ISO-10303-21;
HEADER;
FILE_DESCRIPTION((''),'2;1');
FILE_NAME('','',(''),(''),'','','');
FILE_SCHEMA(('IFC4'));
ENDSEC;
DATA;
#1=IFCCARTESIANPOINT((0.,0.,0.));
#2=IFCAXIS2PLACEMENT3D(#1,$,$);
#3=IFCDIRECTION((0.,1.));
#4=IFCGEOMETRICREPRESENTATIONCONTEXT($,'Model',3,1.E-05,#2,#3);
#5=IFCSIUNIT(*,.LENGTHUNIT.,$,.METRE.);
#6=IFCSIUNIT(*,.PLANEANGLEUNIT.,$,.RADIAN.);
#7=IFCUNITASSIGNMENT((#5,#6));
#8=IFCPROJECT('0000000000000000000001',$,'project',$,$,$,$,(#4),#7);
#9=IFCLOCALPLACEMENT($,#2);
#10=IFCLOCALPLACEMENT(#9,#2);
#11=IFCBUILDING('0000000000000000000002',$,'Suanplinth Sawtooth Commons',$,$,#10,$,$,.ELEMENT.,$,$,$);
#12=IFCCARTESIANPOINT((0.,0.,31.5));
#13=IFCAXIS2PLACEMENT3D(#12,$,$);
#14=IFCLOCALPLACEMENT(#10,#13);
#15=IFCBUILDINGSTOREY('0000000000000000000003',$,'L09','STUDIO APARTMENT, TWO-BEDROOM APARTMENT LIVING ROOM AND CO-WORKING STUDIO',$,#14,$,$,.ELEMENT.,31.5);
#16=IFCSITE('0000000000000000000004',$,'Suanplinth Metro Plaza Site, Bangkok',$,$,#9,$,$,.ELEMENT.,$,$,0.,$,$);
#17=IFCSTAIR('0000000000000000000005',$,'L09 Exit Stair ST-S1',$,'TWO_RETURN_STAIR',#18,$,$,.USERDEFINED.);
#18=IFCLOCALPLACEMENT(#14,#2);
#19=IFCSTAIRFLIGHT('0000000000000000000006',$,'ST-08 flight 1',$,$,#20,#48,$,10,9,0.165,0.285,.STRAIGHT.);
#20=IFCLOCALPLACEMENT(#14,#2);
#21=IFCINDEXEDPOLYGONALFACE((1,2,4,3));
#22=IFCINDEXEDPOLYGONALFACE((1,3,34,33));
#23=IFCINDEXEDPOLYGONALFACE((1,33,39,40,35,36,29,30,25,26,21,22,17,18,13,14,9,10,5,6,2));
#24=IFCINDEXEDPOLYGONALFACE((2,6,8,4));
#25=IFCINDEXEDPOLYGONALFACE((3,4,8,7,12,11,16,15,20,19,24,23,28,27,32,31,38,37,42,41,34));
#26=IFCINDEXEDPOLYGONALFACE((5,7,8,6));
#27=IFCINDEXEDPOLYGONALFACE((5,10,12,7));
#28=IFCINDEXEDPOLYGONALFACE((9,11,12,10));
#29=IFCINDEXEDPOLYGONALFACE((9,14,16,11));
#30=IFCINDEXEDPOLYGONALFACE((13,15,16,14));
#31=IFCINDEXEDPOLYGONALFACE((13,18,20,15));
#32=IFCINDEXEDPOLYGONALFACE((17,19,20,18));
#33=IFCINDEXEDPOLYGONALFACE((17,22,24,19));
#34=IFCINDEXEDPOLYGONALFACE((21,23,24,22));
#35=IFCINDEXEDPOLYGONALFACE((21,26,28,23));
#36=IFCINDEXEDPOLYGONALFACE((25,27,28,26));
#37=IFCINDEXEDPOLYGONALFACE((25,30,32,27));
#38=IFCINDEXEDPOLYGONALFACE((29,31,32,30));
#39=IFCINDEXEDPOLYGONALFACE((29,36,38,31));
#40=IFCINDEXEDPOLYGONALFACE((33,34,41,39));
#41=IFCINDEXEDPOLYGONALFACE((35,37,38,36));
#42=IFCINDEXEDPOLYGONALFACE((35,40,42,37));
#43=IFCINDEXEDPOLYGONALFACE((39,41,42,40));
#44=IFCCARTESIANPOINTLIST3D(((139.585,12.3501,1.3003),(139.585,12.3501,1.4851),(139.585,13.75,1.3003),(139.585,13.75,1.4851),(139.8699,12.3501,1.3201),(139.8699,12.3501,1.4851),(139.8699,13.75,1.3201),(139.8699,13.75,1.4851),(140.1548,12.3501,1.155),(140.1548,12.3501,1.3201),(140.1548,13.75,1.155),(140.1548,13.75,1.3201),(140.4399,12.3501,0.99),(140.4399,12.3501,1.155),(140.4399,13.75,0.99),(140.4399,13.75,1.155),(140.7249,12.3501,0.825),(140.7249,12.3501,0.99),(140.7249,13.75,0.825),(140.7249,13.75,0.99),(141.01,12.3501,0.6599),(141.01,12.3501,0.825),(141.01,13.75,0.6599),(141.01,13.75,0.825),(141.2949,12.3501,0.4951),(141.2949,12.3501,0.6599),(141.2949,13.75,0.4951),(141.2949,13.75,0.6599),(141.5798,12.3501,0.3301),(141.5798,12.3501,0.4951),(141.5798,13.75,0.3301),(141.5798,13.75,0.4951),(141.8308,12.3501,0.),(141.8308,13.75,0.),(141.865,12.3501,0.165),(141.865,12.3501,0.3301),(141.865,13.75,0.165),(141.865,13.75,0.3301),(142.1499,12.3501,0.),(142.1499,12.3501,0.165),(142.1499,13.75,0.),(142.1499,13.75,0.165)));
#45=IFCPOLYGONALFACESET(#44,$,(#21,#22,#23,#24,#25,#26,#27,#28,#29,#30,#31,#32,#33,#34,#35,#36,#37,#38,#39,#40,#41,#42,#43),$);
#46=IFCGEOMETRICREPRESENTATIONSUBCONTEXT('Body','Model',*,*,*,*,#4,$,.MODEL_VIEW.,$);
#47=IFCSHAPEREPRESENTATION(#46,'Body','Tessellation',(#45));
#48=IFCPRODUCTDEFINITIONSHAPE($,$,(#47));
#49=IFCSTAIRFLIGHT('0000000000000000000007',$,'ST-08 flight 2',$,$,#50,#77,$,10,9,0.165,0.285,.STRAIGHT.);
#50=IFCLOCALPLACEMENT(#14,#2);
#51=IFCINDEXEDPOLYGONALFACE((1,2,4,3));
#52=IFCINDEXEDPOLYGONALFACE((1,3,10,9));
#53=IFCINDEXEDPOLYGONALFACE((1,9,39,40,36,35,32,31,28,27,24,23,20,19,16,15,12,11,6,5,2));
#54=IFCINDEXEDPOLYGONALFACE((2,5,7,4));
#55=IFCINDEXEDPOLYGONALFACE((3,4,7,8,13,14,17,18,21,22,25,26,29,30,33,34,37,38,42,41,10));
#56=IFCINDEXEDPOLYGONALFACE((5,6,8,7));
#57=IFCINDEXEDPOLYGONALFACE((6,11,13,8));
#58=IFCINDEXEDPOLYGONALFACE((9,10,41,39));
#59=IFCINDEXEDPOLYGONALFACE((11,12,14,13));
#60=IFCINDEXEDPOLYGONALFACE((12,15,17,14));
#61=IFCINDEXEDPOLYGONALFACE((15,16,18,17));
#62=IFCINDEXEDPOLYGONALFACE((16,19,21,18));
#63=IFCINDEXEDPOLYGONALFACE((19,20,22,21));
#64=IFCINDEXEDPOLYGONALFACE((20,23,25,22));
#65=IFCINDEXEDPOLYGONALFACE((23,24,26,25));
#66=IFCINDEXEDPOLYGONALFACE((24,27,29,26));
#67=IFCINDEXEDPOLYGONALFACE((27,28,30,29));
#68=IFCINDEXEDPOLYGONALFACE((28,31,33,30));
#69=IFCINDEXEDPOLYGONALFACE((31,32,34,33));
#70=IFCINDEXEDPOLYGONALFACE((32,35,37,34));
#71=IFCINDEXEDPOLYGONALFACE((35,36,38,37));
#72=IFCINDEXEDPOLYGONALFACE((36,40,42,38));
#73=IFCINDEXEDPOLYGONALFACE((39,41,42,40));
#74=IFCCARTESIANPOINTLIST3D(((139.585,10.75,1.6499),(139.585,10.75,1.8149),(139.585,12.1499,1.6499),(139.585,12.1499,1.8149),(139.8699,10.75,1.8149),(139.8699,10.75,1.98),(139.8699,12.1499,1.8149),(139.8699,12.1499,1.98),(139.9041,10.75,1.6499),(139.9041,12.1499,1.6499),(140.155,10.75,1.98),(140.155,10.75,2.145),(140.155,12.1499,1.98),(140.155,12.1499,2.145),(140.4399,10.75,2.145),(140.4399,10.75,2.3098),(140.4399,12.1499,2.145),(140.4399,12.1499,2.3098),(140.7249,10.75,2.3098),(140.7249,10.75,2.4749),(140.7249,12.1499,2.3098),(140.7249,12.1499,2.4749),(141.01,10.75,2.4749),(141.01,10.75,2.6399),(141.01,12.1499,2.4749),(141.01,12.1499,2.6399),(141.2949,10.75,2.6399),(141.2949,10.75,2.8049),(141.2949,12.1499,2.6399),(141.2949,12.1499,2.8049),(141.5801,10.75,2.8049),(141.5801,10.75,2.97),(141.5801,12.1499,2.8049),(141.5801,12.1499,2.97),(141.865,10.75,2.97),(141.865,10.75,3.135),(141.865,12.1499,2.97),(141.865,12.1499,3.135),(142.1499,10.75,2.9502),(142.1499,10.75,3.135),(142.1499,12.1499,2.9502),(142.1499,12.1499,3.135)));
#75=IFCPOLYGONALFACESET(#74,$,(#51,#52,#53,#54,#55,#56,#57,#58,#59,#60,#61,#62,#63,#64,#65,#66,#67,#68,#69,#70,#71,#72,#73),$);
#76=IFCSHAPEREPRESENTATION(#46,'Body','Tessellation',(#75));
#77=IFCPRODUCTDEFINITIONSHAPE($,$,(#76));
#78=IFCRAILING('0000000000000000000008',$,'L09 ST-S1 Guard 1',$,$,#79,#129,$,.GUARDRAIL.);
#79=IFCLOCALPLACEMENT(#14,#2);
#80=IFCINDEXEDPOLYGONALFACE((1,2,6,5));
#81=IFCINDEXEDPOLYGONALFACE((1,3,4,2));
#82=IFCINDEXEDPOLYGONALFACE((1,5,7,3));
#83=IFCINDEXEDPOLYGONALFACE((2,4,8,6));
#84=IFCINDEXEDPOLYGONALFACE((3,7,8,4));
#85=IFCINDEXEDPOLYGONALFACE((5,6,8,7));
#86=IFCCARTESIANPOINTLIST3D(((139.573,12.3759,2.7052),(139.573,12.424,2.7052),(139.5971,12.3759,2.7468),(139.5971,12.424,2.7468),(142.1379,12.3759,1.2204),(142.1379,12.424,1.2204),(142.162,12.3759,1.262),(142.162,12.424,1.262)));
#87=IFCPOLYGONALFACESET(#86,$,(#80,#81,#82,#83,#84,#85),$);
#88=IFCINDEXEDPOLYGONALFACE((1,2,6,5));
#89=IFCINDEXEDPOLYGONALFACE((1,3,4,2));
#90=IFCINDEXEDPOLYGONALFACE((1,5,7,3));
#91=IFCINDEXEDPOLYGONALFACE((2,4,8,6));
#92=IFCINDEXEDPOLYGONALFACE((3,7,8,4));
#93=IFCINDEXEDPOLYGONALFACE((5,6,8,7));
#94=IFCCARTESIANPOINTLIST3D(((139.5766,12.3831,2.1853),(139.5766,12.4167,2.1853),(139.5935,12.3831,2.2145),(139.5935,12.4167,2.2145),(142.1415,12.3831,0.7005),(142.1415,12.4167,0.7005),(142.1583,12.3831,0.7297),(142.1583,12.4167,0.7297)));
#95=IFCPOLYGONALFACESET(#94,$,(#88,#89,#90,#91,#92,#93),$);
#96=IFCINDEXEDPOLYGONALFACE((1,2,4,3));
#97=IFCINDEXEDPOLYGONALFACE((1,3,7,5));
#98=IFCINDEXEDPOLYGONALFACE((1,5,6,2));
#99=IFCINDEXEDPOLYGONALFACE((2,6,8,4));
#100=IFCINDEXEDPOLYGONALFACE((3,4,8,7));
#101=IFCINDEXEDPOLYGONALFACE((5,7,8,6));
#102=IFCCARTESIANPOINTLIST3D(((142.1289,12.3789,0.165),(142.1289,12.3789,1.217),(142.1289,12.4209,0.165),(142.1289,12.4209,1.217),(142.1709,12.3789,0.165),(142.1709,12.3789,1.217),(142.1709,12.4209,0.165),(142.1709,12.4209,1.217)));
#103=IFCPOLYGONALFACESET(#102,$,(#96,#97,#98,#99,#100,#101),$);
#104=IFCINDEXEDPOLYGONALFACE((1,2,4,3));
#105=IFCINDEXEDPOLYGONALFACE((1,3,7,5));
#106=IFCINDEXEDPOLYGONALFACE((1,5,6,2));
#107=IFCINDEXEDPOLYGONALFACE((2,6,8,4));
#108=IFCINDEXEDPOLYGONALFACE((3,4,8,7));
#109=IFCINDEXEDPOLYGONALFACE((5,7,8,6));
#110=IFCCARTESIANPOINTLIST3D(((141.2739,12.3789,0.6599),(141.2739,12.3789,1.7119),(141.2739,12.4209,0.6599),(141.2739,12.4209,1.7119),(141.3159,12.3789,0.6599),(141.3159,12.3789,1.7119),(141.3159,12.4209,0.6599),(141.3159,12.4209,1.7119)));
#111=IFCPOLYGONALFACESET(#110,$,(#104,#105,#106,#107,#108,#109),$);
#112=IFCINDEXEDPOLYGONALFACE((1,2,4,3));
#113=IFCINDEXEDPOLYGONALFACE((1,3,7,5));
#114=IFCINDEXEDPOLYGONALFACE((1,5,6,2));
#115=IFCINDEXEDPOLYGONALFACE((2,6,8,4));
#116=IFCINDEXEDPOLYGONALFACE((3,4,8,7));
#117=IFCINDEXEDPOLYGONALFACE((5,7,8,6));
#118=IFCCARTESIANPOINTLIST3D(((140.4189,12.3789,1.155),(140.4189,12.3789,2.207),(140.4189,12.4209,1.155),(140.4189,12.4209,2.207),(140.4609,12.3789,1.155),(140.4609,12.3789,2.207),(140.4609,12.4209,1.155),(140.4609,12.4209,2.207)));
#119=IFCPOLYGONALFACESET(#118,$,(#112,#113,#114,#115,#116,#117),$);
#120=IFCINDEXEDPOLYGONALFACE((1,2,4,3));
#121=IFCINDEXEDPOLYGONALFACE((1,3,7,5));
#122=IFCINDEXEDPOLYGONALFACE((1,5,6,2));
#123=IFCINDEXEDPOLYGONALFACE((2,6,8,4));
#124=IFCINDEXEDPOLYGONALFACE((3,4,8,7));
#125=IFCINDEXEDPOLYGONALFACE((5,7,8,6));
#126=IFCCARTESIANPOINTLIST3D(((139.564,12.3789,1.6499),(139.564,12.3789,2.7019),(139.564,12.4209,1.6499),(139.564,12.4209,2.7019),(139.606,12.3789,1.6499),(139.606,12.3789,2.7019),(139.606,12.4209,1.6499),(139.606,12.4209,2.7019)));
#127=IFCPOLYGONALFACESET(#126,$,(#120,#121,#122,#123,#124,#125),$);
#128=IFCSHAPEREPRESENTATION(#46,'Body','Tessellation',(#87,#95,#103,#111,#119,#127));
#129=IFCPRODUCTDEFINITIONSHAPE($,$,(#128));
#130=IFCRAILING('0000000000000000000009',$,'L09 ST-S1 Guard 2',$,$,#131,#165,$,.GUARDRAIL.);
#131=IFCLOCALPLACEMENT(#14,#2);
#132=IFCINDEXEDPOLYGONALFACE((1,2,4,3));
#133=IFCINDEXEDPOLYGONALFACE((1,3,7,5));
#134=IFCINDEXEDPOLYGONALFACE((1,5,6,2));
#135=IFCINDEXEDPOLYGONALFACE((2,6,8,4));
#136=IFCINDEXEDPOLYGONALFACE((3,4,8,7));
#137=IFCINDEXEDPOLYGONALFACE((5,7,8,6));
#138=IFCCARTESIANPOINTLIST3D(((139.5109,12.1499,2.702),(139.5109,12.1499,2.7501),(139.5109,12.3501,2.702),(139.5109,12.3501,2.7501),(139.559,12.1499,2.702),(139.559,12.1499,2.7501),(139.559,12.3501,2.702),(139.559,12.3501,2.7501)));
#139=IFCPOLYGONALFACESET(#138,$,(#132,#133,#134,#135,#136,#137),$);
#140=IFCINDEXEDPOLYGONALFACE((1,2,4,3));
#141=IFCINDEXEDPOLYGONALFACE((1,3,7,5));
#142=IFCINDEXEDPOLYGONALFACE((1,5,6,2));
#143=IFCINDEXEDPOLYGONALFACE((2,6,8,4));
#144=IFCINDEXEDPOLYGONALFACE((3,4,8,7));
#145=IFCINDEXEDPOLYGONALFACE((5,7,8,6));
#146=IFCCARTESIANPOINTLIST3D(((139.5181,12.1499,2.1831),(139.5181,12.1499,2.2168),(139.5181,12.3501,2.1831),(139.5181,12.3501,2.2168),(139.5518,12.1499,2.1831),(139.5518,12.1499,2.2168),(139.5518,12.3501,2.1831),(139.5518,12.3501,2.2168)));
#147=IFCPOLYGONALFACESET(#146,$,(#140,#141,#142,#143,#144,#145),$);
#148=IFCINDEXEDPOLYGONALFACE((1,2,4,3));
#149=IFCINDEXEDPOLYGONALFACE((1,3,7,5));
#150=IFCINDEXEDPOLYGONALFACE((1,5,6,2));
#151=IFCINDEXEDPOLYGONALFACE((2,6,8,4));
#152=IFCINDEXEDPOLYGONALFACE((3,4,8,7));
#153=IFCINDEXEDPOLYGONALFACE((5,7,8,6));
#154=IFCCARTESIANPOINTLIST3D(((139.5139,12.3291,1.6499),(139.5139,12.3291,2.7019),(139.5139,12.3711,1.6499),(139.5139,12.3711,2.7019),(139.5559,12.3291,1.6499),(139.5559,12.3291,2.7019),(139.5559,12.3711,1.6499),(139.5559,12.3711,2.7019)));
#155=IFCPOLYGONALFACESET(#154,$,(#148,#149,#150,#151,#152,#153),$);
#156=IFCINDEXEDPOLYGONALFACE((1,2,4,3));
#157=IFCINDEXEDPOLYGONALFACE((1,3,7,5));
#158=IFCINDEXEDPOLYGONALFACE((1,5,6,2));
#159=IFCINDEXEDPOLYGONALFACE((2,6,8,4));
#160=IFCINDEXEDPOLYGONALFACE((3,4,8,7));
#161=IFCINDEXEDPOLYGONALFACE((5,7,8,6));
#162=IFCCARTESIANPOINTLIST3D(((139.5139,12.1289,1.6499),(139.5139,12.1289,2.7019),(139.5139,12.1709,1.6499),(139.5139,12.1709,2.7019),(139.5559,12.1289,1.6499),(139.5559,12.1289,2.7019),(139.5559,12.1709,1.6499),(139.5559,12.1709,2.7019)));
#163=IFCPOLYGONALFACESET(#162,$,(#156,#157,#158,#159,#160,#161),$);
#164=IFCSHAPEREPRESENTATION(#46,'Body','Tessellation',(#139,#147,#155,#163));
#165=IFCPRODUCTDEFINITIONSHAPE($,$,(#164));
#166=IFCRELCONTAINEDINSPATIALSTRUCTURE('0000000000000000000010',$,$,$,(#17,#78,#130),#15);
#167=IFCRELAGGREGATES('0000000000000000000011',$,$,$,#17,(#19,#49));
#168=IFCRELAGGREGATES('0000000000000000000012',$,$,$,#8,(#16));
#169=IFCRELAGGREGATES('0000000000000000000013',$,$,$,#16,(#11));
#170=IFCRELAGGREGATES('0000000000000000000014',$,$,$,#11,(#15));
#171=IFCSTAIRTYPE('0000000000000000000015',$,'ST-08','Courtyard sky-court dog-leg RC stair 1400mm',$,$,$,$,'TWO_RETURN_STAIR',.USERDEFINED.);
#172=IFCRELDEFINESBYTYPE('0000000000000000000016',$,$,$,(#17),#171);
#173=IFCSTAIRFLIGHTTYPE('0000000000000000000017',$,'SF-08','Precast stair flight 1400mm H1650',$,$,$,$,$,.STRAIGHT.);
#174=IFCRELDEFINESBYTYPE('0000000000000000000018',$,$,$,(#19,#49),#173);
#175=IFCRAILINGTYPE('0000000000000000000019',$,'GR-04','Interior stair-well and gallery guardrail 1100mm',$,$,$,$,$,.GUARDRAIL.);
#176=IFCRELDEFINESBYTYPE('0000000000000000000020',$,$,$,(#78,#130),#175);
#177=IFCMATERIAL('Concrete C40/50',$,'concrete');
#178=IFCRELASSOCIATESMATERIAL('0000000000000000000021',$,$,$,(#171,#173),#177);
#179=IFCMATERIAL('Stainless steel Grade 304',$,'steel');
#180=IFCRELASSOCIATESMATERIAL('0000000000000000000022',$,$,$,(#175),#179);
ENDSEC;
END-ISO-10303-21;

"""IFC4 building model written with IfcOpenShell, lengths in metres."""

from ifc_helpers import new_model, si_unit, direction, frame, origin, origin_2d, place, context, subcontext, project, spatial, polyline, rectangle, outline, extrude, material, type_object, element, aggregate, save


model = new_model("IFC4")

# Units and contexts
model_context = context("Model", 3, precision=1e-05, world=origin(), true_north=direction((0.0, 1.0)))
body_context = subcontext(model_context, "Body", "Model", "MODEL_VIEW")
ifc_project = project(units=[si_unit("LENGTHUNIT", "METRE"), si_unit("PLANEANGLEUNIT", "RADIAN")], contexts=[model_context])

# Site, building, storey
site_placement = place(None, origin())
site = spatial("IfcSite", under=ifc_project, at=site_placement, Name="Suanplinth Metro Plaza Site, Bangkok", CompositionType="ELEMENT", RefElevation=0.0)
building_placement = place(site_placement, origin())
building = spatial("IfcBuilding", under=site, at=building_placement, Name="Suanplinth Sawtooth Commons", CompositionType="ELEMENT")
storey_placement = place(building_placement, frame((0.0, 0.0, 31.5)))
storey = spatial("IfcBuildingStorey", under=building, at=storey_placement, Name="L09", Description="STUDIO APARTMENT, TWO-BEDROOM APARTMENT LIVING ROOM AND CO-WORKING STUDIO", CompositionType="ELEMENT", Elevation=31.5)

# Shared definitions
ifc_material_1 = material(Name="Concrete C40/50", Category="concrete")

# Shared definitions
ifc_material_2 = material(Name="Stainless steel Grade 304", Category="steel")

# Stair, stair flights
stair_type = type_object("IfcStairType", Name="ST-08", Description="Courtyard sky-court dog-leg RC stair 1400mm", ElementType="TWO_RETURN_STAIR", PredefinedType="USERDEFINED", material=ifc_material_1)
stair_placement = place(storey_placement, origin())
stair = element("IfcStair", 1, at=stair_placement, inside=storey, type_object=stair_type, Name="L09 Exit Stair ST-S1", ObjectType="TWO_RETURN_STAIR", PredefinedType="USERDEFINED")
stair_flight_type = type_object("IfcStairFlightType", Name="SF-08", Description="Precast stair flight 1400mm H1650", PredefinedType="STRAIGHT", material=ifc_material_1)
stair_flight_1_placement = place(storey_placement, frame((142.1499, 13.05, 0.0), z_axis=(0.0, 0.0, 1.0), x_axis=(-1.0, 0.0, 0.0)))
stair_flight_1 = element("IfcStairFlight", 2, at=stair_flight_1_placement, type_object=stair_flight_type, Name="ST-08 flight 1", NumberOfRisers=10, NumberOfTreads=9, PredefinedType="STRAIGHT", RiserHeight=0.165, TreadLength=0.285, context=body_context, shape_type="SweptSolid", body=[
    extrude(outline(polyline([(0.0, 0.0), (0.0, 0.165), (0.2849, 0.165), (0.2849, 0.3301), (0.5701, 0.3301), (0.5701, 0.4951), (0.855, 0.4951), (0.855, 0.6599), (1.1399, 0.6599), (1.1399, 0.825), (1.425, 0.825), (1.425, 0.99), (1.71, 0.99), (1.71, 1.155), (1.9951, 1.155), (1.9951, 1.3201), (2.28, 1.3201), (2.28, 1.4851), (2.5649, 1.4851), (2.5649, 1.6499), (2.5649, 1.3003), (0.3191, 0.0), (0.0, 0.0)])), frame((0.0, 0.7, 0.0), z_axis=(0.0, -1.0, 0.0), x_axis=(1.0, 0.0, 0.0)), (0.0, 0.0, 1.0), 1.3999),
])
stair_flight_2_placement = place(storey_placement, frame((139.585, 11.45, 1.6499), z_axis=(0.0, 0.0, 1.0), x_axis=(1.0, 0.0, 0.0)))
stair_flight_2 = element("IfcStairFlight", 3, at=stair_flight_2_placement, type_object=stair_flight_type, Name="ST-08 flight 2", NumberOfRisers=10, NumberOfTreads=9, PredefinedType="STRAIGHT", RiserHeight=0.165, TreadLength=0.285, context=body_context, shape_type="SweptSolid", body=[
    extrude(outline(polyline([(0.0, 0.0), (0.0, 0.165), (0.2849, 0.165), (0.2849, 0.3301), (0.5701, 0.3301), (0.5701, 0.4951), (0.855, 0.4951), (0.855, 0.6599), (1.1399, 0.6599), (1.1399, 0.825), (1.425, 0.825), (1.425, 0.99), (1.71, 0.99), (1.71, 1.155), (1.9951, 1.155), (1.9951, 1.3201), (2.28, 1.3201), (2.28, 1.4851), (2.5649, 1.4851), (2.5649, 1.6499), (2.5649, 1.3003), (0.3191, 0.0), (0.0, 0.0)])), frame((0.0, 0.7, 0.0), z_axis=(0.0, -1.0, 0.0), x_axis=(1.0, 0.0, 0.0)), (0.0, 0.0, 1.0), 1.3999),
])
aggregate(stair, [stair_flight_1, stair_flight_2])

# Railings
railing_type_1 = type_object("IfcRailingType", Name="GR-04", Description="Interior stair-well and gallery guardrail 1100mm", PredefinedType="GUARDRAIL", material=ifc_material_2)
railing_1_placement = place(storey_placement, frame((142.1499, 12.3999, 0.165)))
element("IfcRailing", 4, at=railing_1_placement, inside=storey, type_object=railing_type_1, Name="L09 ST-S1 Guard 1", PredefinedType="GUARDRAIL", context=body_context, shape_type="SweptSolid", body=[
    extrude(rectangle(XDim=0.0481, YDim=0.0481, at=origin_2d()), frame((0.0, 0.0, 1.0762), z_axis=(-0.865441, 0.0, 0.50101), x_axis=(0.0, -1.0, 0.0)), (0.0, 0.0, 1.0), 2.9636),
    extrude(rectangle(XDim=0.0337, YDim=0.0337, at=origin_2d()), frame((0.0, 0.0, 0.55), z_axis=(-0.865441, 0.0, 0.50101), x_axis=(0.0, -1.0, 0.0)), (0.0, 0.0, 1.0), 2.9636),
    extrude(rectangle(XDim=0.042, YDim=0.042, at=origin_2d()), origin(), (0.0, 0.0, 1.0), 1.052),
    extrude(rectangle(XDim=0.042, YDim=0.042, at=origin_2d()), frame((-0.855, 0.0, 0.4949)), (0.0, 0.0, 1.0), 1.052),
    extrude(rectangle(XDim=0.042, YDim=0.042, at=origin_2d()), frame((-1.71, 0.0, 0.99)), (0.0, 0.0, 1.0), 1.052),
    extrude(rectangle(XDim=0.042, YDim=0.042, at=origin_2d()), frame((-2.5649, 0.0, 1.4849)), (0.0, 0.0, 1.0), 1.052),
])
railing_2_placement = place(storey_placement, frame((139.5349, 12.3501, 1.6499)))
element("IfcRailing", 5, at=railing_2_placement, inside=storey, type_object=railing_type_1, Name="L09 ST-S1 Guard 2", PredefinedType="GUARDRAIL", context=body_context, shape_type="SweptSolid", body=[
    extrude(rectangle(XDim=0.0481, YDim=0.0481, at=origin_2d()), frame((0.0, 0.0, 1.0762), z_axis=(0.0, -1.0, 0.0), x_axis=(1.0, 0.0, 0.0)), (0.0, 0.0, 1.0), 0.2002),
    extrude(rectangle(XDim=0.0337, YDim=0.0337, at=origin_2d()), frame((0.0, 0.0, 0.55), z_axis=(0.0, -1.0, 0.0), x_axis=(1.0, 0.0, 0.0)), (0.0, 0.0, 1.0), 0.2002),
    extrude(rectangle(XDim=0.042, YDim=0.042, at=origin_2d()), origin(), (0.0, 0.0, 1.0), 1.052),
    extrude(rectangle(XDim=0.042, YDim=0.042, at=origin_2d()), frame((0.0, -0.2002, 0.0)), (0.0, 0.0, 1.0), 1.052),
])

save(model, "model.ifc")
